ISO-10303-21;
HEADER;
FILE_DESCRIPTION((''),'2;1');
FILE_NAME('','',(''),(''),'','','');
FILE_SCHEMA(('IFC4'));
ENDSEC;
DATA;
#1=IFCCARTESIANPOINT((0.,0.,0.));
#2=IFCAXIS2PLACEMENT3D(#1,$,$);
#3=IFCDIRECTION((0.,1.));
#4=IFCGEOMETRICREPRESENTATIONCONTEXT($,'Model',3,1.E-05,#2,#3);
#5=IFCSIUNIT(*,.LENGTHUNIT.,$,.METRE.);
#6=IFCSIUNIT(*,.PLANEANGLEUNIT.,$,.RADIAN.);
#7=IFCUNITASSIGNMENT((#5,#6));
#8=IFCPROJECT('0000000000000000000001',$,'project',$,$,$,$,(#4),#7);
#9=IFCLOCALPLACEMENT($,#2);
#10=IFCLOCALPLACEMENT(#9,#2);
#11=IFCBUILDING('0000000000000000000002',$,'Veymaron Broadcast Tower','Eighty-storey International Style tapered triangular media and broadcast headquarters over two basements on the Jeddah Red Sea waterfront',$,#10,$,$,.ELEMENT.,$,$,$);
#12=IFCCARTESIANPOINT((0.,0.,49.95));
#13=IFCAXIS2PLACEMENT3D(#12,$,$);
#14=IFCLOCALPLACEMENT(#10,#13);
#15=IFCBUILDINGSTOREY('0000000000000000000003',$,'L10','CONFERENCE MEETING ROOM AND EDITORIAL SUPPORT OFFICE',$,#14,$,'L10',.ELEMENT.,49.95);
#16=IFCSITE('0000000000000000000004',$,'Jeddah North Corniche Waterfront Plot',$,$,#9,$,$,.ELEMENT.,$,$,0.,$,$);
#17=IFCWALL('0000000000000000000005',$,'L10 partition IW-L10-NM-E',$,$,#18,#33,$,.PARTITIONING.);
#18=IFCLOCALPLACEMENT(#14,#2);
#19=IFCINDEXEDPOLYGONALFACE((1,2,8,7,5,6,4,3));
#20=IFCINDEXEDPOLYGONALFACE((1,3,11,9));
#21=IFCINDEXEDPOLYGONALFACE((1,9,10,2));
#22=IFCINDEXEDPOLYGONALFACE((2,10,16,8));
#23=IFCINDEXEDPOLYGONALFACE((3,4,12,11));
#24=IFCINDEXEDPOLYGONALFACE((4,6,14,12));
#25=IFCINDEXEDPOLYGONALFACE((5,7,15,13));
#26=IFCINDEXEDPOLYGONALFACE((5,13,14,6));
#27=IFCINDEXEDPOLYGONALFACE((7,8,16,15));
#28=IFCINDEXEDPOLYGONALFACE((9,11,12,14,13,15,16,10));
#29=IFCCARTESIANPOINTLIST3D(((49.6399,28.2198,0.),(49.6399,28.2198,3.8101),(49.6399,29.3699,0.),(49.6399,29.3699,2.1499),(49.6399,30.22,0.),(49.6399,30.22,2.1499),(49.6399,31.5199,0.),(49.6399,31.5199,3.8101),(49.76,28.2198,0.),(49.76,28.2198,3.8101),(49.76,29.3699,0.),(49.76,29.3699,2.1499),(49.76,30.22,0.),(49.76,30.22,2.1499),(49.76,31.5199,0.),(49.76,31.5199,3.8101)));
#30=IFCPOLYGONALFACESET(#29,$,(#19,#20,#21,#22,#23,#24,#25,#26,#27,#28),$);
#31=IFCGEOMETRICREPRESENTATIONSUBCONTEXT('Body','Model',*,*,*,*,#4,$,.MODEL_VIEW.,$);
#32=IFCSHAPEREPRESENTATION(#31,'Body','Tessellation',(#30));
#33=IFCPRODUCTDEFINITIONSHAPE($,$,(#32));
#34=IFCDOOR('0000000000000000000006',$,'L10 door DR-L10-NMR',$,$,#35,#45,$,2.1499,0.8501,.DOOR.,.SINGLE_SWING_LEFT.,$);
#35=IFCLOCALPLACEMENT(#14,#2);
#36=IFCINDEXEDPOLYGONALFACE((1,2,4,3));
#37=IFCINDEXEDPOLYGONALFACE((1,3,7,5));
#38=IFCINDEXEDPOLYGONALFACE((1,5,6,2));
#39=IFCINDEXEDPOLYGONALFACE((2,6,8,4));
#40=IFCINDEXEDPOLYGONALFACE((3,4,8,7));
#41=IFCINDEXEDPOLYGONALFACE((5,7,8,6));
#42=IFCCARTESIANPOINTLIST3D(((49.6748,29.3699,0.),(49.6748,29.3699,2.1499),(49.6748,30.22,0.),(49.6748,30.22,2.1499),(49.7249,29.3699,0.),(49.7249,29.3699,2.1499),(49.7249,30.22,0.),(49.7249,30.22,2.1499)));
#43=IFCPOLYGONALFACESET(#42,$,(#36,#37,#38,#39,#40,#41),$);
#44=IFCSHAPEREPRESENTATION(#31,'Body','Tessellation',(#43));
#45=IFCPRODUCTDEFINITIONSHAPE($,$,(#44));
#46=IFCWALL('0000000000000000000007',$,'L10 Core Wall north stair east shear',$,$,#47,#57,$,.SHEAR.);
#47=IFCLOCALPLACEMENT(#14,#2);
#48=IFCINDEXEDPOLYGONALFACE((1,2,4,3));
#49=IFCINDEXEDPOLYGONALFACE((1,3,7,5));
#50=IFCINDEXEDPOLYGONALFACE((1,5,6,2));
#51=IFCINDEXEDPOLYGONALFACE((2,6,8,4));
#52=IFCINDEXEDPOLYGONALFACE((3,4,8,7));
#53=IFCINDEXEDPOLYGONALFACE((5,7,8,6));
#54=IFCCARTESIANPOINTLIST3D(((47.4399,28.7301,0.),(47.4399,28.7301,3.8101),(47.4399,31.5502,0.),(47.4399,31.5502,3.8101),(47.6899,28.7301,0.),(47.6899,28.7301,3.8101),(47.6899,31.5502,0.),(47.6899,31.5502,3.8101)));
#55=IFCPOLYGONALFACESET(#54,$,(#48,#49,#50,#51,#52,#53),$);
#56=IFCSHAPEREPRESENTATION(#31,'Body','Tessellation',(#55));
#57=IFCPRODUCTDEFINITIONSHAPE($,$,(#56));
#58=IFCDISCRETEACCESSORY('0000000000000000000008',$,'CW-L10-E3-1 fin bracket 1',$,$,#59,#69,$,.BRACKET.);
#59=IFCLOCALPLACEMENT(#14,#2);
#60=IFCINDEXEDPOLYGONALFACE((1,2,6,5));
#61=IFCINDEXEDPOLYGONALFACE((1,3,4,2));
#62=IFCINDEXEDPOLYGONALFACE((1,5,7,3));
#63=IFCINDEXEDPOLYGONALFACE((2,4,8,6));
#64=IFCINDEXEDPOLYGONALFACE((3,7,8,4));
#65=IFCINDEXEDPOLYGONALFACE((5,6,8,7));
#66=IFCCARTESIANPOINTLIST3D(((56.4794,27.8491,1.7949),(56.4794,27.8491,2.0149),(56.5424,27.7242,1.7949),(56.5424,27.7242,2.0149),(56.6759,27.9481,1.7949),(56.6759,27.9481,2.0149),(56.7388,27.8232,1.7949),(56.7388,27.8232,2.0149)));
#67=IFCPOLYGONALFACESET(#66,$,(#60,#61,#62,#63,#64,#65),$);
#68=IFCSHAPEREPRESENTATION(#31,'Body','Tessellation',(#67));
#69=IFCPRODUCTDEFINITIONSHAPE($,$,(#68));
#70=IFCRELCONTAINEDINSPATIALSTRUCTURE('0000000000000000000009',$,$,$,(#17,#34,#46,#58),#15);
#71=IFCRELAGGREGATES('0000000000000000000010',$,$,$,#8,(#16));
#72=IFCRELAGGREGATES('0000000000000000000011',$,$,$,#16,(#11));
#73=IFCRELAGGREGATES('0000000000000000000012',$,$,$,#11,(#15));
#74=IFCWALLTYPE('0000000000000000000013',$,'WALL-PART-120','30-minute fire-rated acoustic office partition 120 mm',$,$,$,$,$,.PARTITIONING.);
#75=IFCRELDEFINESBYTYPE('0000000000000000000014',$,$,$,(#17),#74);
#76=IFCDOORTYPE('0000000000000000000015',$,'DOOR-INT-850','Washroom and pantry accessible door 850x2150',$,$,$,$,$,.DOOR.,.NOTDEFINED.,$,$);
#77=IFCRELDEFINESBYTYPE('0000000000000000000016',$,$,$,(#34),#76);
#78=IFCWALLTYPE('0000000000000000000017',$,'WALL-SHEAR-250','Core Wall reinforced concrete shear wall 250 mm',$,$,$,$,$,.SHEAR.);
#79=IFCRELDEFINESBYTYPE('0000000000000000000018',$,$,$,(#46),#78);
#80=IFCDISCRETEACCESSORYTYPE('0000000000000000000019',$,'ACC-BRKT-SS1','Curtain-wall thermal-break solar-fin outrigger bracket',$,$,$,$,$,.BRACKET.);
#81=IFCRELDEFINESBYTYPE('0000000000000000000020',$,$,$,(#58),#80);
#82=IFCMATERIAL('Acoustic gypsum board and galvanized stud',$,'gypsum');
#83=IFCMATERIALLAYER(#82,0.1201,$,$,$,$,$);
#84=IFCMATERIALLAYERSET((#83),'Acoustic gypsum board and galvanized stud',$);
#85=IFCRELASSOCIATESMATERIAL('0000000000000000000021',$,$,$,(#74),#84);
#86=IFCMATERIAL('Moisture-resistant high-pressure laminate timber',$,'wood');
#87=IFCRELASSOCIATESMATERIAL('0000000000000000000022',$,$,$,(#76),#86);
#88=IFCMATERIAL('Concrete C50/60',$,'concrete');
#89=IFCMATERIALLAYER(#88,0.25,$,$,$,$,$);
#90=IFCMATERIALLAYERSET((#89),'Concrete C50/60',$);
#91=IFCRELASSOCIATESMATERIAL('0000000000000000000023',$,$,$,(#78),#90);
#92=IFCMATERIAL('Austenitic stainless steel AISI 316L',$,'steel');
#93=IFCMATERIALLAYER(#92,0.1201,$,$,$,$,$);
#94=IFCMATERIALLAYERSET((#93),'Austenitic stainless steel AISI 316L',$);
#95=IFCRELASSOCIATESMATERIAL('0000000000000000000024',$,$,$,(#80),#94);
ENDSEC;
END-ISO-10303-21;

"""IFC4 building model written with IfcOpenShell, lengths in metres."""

from ifc_helpers import new_model, si_unit, direction, frame, frame_2d, origin, origin_2d, place, context, subcontext, project, spatial, rectangle, extrude, material, layer, layer_set, type_object, element, fill, save


model = new_model("IFC4")

# Units and contexts
model_context = context("Model", 3, precision=1e-05, world=origin(), true_north=direction((0.0, 1.0)))
body_context = subcontext(model_context, "Body", "Model", "MODEL_VIEW")
ifc_project = project(units=[si_unit("LENGTHUNIT", "METRE"), si_unit("PLANEANGLEUNIT", "RADIAN")], contexts=[model_context])

# Site, building, storey
site_placement = place(None, origin())
site = spatial("IfcSite", under=ifc_project, at=site_placement, Name="Jeddah North Corniche Waterfront Plot", CompositionType="ELEMENT", RefElevation=0.0)
building_placement = place(site_placement, origin())
building = spatial("IfcBuilding", under=site, at=building_placement, Name="Veymaron Broadcast Tower", Description="Eighty-storey International Style tapered triangular media and broadcast headquarters over two basements on the Jeddah Red Sea waterfront", CompositionType="ELEMENT")
storey_placement = place(building_placement, frame((0.0, 0.0, 49.95)))
storey = spatial("IfcBuildingStorey", under=building, at=storey_placement, Name="L10", Description="CONFERENCE MEETING ROOM AND EDITORIAL SUPPORT OFFICE", LongName="L10", CompositionType="ELEMENT", Elevation=49.95)

# Wall, opening, door
ifc_material_1 = material(Name="Acoustic gypsum board and galvanized stud", Category="gypsum")
ifc_layer_1 = layer(ifc_material_1, 0.1201)
ifc_layer_set_1 = layer_set([ifc_layer_1], Name="Acoustic gypsum board and galvanized stud")
wall_type_1 = type_object("IfcWallType", Name="WALL-PART-120", Description="30-minute fire-rated acoustic office partition 120 mm", PredefinedType="PARTITIONING", material=ifc_layer_set_1)
wall_1_placement = place(storey_placement, frame((49.7, 28.22, 0.0), z_axis=(0.0, 0.0, 1.0), x_axis=(0.0, 1.0, 0.0)))
wall_1 = element("IfcWall", 1, at=wall_1_placement, inside=storey, type_object=wall_type_1, Name="L10 partition IW-L10-NM-E", PredefinedType="PARTITIONING", context=body_context, shape_type="SweptSolid", body=[
    extrude(rectangle(XDim=3.3, YDim=0.1201, at=frame_2d((1.6499, 0.0))), origin(), (0.0, 0.0, 1.0), 3.8101),
])
opening_1_placement = place(wall_1_placement, frame((1.1499, 0.0, 0.0)))
opening_1 = element("IfcOpeningElement", 2, at=opening_1_placement, cuts=wall_1, PredefinedType="OPENING", context=body_context, shape_type="SweptSolid", body=[
    extrude(rectangle(XDim=0.8501, YDim=2.1499, at=frame_2d((0.425, 1.075))), frame((0.0, 0.0701, 0.0), z_axis=(0.0, -1.0, 0.0), x_axis=(1.0, 0.0, 0.0)), (0.0, 0.0, 1.0), 0.1401),
])
ifc_material_2 = material(Name="Moisture-resistant high-pressure laminate timber", Category="wood")
door_type_1 = type_object("IfcDoorType", Name="DOOR-INT-850", Description="Washroom and pantry accessible door 850x2150", OperationType="NOTDEFINED", PredefinedType="DOOR", material=ifc_material_2)
door_1_placement = place(opening_1_placement, frame((0.8501, 0.0, 0.0), z_axis=(0.0, 0.0, 1.0), x_axis=(-1.0, 0.0, 0.0)))
door_1 = element("IfcDoor", 3, at=door_1_placement, inside=storey, type_object=door_type_1, Name="L10 door DR-L10-NMR", OperationType="SINGLE_SWING_LEFT", OverallHeight=2.1499, OverallWidth=0.8501, PredefinedType="DOOR", context=body_context, shape_type="SweptSolid", body=[
    extrude(rectangle(XDim=0.8501, YDim=2.1499, at=frame_2d((0.425, 1.075))), frame((0.0, 0.0249, 0.0), z_axis=(0.0, -1.0, 0.0), x_axis=(1.0, 0.0, 0.0)), (0.0, 0.0, 1.0), 0.05),
])
fill(opening_1, door_1)

# Wall
ifc_material_3 = material(Name="Concrete C50/60", Category="concrete")
ifc_layer_2 = layer(ifc_material_3, 0.25)
ifc_layer_set_2 = layer_set([ifc_layer_2], Name="Concrete C50/60")
wall_type_2 = type_object("IfcWallType", Name="WALL-SHEAR-250", Description="Core Wall reinforced concrete shear wall 250 mm", PredefinedType="SHEAR", material=ifc_layer_set_2)
wall_2_placement = place(storey_placement, frame((47.5649, 28.73, 0.0), z_axis=(0.0, 0.0, 1.0), x_axis=(0.0, 1.0, 0.0)))
element("IfcWall", 4, at=wall_2_placement, inside=storey, type_object=wall_type_2, Name="L10 Core Wall north stair east shear", PredefinedType="SHEAR", context=body_context, shape_type="SweptSolid", body=[
    extrude(rectangle(XDim=2.8201, YDim=0.25, at=frame_2d((1.4102, 0.0))), origin(), (0.0, 0.0, 1.0), 3.8101),
])

# Discrete accessory
ifc_material_4 = material(Name="Austenitic stainless steel AISI 316L", Category="steel")
ifc_layer_3 = layer(ifc_material_4, 0.1201)
ifc_layer_set_3 = layer_set([ifc_layer_3], Name="Austenitic stainless steel AISI 316L")
discrete_accessory_type = type_object("IfcDiscreteAccessoryType", Name="ACC-BRKT-SS1", Description="Curtain-wall thermal-break solar-fin outrigger bracket", PredefinedType="BRACKET", material=ifc_layer_set_3)
discrete_accessory_placement = place(storey_placement, frame((56.6091, 27.8362, 1.7949), z_axis=(0.0, 0.0, 1.0), x_axis=(0.892995, 0.450067, 0.0)))
element("IfcDiscreteAccessory", 5, at=discrete_accessory_placement, inside=storey, type_object=discrete_accessory_type, Name="CW-L10-E3-1 fin bracket 1", PredefinedType="BRACKET", context=body_context, shape_type="SweptSolid", body=[
    extrude(rectangle(XDim=0.22, YDim=0.1399, at=origin_2d()), origin(), (0.0, 0.0, 1.0), 0.22),
])

save(model, "model.ifc")
